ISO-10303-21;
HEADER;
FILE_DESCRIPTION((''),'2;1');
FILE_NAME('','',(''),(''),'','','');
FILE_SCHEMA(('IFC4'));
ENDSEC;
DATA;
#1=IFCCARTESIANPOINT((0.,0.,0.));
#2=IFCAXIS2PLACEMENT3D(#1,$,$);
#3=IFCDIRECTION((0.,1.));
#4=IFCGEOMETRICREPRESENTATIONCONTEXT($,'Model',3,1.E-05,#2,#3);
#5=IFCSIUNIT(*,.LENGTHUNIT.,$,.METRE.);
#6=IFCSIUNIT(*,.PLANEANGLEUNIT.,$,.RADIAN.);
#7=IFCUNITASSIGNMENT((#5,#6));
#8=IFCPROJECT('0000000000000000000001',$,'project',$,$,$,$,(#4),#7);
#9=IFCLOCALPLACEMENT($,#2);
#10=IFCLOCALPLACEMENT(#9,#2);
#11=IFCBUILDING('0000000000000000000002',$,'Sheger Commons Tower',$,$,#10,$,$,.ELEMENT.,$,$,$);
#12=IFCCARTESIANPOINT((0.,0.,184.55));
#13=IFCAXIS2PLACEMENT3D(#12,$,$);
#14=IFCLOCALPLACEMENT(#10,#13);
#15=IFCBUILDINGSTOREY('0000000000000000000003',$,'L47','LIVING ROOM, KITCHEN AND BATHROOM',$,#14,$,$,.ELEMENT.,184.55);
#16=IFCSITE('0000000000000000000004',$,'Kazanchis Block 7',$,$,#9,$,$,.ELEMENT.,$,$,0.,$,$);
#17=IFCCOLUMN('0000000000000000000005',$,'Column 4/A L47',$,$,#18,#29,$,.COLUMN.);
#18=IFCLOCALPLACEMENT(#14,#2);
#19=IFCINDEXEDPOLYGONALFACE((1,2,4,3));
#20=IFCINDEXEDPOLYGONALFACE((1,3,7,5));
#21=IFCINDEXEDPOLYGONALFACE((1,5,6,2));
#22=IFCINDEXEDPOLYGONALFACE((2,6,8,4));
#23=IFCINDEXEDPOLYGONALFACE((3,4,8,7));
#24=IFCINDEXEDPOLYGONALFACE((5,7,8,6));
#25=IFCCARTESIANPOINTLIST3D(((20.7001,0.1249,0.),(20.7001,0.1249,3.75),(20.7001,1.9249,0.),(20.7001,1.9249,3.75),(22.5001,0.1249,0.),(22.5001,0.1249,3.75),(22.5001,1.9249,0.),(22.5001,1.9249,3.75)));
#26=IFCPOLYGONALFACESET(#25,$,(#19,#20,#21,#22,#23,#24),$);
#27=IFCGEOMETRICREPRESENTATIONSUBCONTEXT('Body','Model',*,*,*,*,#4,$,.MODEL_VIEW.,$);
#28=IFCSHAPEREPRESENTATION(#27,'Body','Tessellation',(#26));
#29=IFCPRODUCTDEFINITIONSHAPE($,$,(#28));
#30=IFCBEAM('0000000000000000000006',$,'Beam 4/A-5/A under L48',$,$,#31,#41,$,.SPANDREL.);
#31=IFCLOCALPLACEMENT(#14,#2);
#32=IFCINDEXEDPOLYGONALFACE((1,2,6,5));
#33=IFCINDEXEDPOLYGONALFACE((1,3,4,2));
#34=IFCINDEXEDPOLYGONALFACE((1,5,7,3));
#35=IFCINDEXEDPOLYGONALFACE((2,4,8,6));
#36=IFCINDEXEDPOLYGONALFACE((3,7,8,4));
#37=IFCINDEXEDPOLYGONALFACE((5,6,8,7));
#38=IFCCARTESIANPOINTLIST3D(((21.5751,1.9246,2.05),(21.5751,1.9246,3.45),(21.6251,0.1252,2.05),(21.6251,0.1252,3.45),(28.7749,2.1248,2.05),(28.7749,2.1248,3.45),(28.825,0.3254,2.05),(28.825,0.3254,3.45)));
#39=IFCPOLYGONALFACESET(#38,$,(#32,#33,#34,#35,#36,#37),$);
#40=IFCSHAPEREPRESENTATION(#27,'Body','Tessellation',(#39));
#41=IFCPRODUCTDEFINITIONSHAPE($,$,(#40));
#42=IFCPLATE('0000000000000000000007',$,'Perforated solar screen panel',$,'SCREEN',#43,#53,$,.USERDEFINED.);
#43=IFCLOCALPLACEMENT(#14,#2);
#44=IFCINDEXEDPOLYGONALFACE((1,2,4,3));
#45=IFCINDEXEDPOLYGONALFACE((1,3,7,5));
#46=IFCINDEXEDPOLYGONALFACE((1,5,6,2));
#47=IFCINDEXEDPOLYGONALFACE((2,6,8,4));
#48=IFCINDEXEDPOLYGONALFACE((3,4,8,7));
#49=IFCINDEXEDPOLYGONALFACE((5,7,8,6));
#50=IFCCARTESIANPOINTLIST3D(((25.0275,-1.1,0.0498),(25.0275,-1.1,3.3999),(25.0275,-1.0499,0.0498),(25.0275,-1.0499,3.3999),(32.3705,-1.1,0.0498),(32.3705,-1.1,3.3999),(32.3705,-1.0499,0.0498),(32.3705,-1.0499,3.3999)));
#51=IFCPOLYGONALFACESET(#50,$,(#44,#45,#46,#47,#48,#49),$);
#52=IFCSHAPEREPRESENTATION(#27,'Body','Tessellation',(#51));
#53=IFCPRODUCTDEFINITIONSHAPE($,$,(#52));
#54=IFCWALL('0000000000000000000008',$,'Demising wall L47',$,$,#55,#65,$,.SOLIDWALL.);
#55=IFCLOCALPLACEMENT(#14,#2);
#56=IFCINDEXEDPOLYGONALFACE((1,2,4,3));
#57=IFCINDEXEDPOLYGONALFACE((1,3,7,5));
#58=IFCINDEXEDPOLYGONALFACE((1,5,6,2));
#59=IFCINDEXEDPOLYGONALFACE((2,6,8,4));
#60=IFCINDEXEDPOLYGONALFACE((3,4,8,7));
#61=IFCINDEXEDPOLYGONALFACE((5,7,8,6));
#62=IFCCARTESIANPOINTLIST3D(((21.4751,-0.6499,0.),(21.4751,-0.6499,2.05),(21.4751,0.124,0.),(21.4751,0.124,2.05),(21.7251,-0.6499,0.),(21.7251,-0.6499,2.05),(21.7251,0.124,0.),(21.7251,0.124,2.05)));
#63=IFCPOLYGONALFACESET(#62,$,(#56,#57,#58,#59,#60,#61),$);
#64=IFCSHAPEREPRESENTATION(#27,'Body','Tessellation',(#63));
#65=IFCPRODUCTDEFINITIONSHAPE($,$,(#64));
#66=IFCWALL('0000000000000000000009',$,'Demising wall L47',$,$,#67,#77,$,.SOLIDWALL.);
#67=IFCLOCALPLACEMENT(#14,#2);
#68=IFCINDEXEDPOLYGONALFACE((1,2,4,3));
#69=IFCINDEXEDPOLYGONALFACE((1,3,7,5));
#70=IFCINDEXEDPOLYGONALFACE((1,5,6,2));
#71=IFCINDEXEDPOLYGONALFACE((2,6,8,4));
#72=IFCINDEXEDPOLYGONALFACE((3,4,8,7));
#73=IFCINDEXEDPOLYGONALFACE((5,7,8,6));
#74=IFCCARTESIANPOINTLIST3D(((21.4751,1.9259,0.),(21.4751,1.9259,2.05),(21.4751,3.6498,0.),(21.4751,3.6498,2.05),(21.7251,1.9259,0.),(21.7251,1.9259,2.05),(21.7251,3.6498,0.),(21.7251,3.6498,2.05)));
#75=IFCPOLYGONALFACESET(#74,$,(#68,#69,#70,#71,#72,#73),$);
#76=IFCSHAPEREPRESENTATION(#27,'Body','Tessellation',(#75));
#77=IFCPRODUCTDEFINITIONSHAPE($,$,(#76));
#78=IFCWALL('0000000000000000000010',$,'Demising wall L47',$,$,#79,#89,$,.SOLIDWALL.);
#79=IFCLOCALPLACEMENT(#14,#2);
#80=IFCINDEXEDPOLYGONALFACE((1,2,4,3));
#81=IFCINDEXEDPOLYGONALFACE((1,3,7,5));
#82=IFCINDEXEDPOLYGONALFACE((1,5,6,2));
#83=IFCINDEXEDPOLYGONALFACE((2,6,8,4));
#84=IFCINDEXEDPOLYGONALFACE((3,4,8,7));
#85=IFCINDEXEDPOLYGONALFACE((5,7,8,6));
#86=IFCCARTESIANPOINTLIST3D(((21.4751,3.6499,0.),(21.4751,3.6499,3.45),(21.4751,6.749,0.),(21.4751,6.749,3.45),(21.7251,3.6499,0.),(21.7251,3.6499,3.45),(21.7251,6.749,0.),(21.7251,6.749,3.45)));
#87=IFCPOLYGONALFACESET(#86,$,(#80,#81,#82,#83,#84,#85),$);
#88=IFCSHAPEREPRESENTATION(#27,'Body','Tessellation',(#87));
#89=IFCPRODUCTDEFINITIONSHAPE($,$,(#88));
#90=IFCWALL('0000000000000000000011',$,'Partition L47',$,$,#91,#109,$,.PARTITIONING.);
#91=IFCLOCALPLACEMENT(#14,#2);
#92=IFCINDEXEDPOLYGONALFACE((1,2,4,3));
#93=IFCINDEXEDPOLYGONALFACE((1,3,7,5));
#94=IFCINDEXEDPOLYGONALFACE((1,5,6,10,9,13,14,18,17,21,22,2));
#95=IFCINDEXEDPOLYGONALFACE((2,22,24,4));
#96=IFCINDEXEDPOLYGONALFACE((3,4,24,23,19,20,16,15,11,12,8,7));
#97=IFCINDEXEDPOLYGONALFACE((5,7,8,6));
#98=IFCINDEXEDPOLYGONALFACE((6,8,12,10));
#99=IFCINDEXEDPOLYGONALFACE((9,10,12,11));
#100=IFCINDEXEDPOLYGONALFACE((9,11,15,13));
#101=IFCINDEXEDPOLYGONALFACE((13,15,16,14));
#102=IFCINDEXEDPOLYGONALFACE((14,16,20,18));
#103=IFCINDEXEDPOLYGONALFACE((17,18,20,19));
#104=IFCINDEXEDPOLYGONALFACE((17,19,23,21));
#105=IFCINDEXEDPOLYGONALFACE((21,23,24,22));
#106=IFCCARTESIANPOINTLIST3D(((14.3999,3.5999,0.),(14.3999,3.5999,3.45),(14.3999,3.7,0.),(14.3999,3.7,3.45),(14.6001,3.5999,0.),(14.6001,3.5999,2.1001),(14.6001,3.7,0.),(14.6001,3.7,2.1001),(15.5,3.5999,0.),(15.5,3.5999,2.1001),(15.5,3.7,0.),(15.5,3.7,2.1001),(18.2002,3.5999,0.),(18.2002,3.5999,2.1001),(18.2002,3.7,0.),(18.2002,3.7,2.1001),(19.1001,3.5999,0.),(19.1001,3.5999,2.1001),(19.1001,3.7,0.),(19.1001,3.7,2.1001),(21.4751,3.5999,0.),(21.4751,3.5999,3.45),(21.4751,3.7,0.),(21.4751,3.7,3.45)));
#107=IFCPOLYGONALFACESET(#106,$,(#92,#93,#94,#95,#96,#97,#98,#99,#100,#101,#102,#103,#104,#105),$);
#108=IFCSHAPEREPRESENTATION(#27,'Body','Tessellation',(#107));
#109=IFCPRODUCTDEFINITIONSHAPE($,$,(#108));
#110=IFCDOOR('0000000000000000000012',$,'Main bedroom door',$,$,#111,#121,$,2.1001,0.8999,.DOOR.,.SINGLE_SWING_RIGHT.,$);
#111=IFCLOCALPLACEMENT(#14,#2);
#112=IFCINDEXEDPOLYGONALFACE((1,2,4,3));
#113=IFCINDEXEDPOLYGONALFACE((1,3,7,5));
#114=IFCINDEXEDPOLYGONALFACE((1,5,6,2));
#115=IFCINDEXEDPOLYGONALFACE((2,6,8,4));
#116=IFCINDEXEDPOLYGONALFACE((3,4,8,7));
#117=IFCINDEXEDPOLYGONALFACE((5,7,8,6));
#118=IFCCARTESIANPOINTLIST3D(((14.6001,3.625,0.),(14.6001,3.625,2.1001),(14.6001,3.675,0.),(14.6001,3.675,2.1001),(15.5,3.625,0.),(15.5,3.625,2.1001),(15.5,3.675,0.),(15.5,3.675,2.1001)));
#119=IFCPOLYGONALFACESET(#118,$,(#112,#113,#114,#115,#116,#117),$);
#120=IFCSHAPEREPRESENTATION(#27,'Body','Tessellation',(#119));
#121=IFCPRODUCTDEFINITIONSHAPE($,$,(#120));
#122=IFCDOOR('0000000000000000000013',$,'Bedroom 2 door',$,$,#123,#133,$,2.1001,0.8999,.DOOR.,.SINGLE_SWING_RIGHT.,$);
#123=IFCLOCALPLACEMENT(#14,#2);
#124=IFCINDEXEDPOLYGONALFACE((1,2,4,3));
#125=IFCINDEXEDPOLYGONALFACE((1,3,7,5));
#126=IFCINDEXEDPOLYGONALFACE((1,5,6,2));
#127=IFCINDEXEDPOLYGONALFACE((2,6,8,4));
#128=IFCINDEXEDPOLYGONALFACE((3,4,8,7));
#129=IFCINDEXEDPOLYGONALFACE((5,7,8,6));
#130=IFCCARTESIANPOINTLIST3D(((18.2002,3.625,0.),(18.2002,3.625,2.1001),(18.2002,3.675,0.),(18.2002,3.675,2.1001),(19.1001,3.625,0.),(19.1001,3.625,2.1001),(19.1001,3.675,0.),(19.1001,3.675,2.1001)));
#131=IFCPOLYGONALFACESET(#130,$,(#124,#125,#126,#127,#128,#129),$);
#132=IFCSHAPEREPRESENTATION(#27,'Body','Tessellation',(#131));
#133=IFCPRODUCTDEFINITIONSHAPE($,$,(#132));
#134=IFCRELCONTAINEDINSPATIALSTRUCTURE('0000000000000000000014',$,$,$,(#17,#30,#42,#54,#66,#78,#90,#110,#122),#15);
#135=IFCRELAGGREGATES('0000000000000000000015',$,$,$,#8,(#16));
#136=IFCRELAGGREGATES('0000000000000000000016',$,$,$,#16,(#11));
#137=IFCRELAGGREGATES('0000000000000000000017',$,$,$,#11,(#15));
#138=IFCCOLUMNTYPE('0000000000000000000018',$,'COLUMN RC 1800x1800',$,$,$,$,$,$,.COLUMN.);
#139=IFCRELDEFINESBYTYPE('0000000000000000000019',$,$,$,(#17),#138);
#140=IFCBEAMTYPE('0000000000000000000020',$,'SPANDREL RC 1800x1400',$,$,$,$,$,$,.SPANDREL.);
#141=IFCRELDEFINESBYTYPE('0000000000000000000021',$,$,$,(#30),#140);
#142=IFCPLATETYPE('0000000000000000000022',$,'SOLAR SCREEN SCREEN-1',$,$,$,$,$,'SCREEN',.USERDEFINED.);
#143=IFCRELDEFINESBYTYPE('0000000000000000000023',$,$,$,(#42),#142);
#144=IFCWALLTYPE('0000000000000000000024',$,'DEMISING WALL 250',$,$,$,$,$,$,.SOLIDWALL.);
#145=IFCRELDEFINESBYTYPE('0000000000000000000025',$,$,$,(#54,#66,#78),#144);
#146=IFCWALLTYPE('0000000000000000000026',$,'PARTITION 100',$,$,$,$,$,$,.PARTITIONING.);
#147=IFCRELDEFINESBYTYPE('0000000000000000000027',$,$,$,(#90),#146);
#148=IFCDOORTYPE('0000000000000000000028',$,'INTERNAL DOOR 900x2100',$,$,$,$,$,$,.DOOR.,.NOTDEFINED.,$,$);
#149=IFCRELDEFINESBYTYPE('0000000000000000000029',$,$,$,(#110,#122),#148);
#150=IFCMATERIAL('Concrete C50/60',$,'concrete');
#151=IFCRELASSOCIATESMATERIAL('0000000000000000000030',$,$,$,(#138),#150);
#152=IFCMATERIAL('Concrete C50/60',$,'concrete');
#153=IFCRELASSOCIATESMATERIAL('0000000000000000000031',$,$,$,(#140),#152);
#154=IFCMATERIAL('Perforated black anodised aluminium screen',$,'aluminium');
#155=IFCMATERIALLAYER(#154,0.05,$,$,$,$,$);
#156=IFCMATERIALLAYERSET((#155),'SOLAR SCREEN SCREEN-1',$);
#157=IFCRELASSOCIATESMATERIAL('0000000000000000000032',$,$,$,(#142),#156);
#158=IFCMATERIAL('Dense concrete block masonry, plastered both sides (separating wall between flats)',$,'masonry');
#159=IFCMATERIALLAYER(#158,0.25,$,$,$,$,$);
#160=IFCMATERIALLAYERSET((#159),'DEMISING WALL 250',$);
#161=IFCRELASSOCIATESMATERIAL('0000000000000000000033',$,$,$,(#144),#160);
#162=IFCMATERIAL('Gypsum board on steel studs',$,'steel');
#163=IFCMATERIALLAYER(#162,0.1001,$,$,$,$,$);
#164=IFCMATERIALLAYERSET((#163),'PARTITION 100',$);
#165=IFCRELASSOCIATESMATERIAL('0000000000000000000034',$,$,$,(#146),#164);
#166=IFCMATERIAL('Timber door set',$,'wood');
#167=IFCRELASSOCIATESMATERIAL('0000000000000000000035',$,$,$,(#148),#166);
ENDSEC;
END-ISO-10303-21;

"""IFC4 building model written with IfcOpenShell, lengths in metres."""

from ifc_helpers import new_model, si_unit, direction, frame, frame_2d, origin, origin_2d, place, context, subcontext, project, spatial, rectangle, extrude, material, layer, layer_set, material_profile, profile_set, type_object, element, fill, save


model = new_model("IFC4")

# Units and contexts
model_context = context("Model", 3, precision=1e-05, world=origin(), true_north=direction((0.0, 1.0)))
body_context = subcontext(model_context, "Body", "Model", "MODEL_VIEW")
ifc_project = project(units=[si_unit("LENGTHUNIT", "METRE"), si_unit("PLANEANGLEUNIT", "RADIAN")], contexts=[model_context])

# Site, building, storey
site_placement = place(None, origin())
site = spatial("IfcSite", under=ifc_project, at=site_placement, Name="Kazanchis Block 7", CompositionType="ELEMENT", RefElevation=0.0)
building_placement = place(site_placement, origin())
building = spatial("IfcBuilding", under=site, at=building_placement, Name="Sheger Commons Tower", CompositionType="ELEMENT")
storey_placement = place(building_placement, frame((0.0, 0.0, 184.55)))
storey = spatial("IfcBuildingStorey", under=building, at=storey_placement, Name="L47", Description="LIVING ROOM, KITCHEN AND BATHROOM", CompositionType="ELEMENT", Elevation=184.55)

# Column
ifc_material_1 = material(Name="Concrete C50/60", Category="concrete")
ifc_material_profile_1 = material_profile(ifc_material_1, rectangle(XDim=1.8, YDim=1.8, at=origin_2d()), Name="RC 1800x1800")
ifc_profile_set_1 = profile_set([ifc_material_profile_1], Name="Concrete C50/60")
column_type = type_object("IfcColumnType", Name="COLUMN RC 1800x1800", PredefinedType="COLUMN", material=ifc_profile_set_1)
column_placement = place(storey_placement, frame((21.6001, 1.0249, 0.0), z_axis=(0.0, 0.0, 1.0), x_axis=(1.0, 0.0, 0.0)))
element("IfcColumn", 1, at=column_placement, inside=storey, type_object=column_type, Name="Column 4/A L47", PredefinedType="COLUMN", context=body_context, shape_type="SweptSolid", body=[
    extrude(rectangle(XDim=1.8, YDim=1.8, at=origin_2d()), origin(), (0.0, 0.0, 1.0), 3.75),
])

# Beam
ifc_material_2 = material(Name="Concrete C50/60", Category="concrete")
ifc_material_profile_2 = material_profile(ifc_material_2, rectangle(XDim=1.8, YDim=1.3999, at=origin_2d()), Name="RC 1800x1400")
ifc_profile_set_2 = profile_set([ifc_material_profile_2], Name="Concrete C50/60")
beam_type = type_object("IfcBeamType", Name="SPANDREL RC 1800x1400", PredefinedType="SPANDREL", material=ifc_profile_set_2)
beam_placement = place(storey_placement, frame((21.6001, 1.0249, 2.75), z_axis=(0.999614, 0.027794, 0.0), x_axis=(-0.027794, 0.999614, 0.0)))
element("IfcBeam", 2, at=beam_placement, inside=storey, type_object=beam_type, Name="Beam 4/A-5/A under L48", PredefinedType="SPANDREL", context=body_context, shape_type="SweptSolid", body=[
    extrude(rectangle(XDim=1.8, YDim=1.3999, at=origin_2d()), origin(), (0.0, 0.0, 1.0), 7.2026),
])

# Plate
ifc_material_3 = material(Name="Perforated black anodised aluminium screen", Category="aluminium")
ifc_layer_1 = layer(ifc_material_3, 0.05)
ifc_layer_set_1 = layer_set([ifc_layer_1], Name="SOLAR SCREEN SCREEN-1")
plate_type = type_object("IfcPlateType", Name="SOLAR SCREEN SCREEN-1", ElementType="SCREEN", PredefinedType="USERDEFINED", material=ifc_layer_set_1)
plate_placement = place(storey_placement, frame((28.699, -1.075, 0.0498), z_axis=(0.0, 0.0, 1.0), x_axis=(1.0, 0.0, 0.0)))
element("IfcPlate", 3, at=plate_placement, inside=storey, type_object=plate_type, Name="Perforated solar screen panel", ObjectType="SCREEN", PredefinedType="USERDEFINED", context=body_context, shape_type="SweptSolid", body=[
    extrude(rectangle(XDim=7.343, YDim=0.05, at=origin_2d()), origin(), (0.0, 0.0, 1.0), 3.3501),
])

# Walls
ifc_material_4 = material(Name="Dense concrete block masonry, plastered both sides (separating wall between flats)", Category="masonry")
ifc_layer_2 = layer(ifc_material_4, 0.25)
ifc_layer_set_2 = layer_set([ifc_layer_2], Name="DEMISING WALL 250")
wall_type_1 = type_object("IfcWallType", Name="DEMISING WALL 250", PredefinedType="SOLIDWALL", material=ifc_layer_set_2)
wall_1_placement = place(storey_placement, frame((21.6001, -0.6499, 0.0), z_axis=(0.0, 0.0, 1.0), x_axis=(0.0, 1.0, 0.0)))
element("IfcWall", 4, at=wall_1_placement, inside=storey, type_object=wall_type_1, Name="Demising wall L47", PredefinedType="SOLIDWALL", context=body_context, shape_type="SweptSolid", body=[
    extrude(rectangle(XDim=0.7739, YDim=0.25, at=frame_2d((0.387, 0.0))), origin(), (0.0, 0.0, 1.0), 2.05),
])
wall_2_placement = place(storey_placement, frame((21.6001, 1.926, 0.0), z_axis=(0.0, 0.0, 1.0), x_axis=(0.0, 1.0, 0.0)))
element("IfcWall", 5, at=wall_2_placement, inside=storey, type_object=wall_type_1, Name="Demising wall L47", PredefinedType="SOLIDWALL", context=body_context, shape_type="SweptSolid", body=[
    extrude(rectangle(XDim=1.7239, YDim=0.25, at=frame_2d((0.8618, 0.0))), origin(), (0.0, 0.0, 1.0), 2.05),
])
wall_3_placement = place(storey_placement, frame((21.6001, 3.6499, 0.0), z_axis=(0.0, 0.0, 1.0), x_axis=(0.0, 1.0, 0.0)))
element("IfcWall", 6, at=wall_3_placement, inside=storey, type_object=wall_type_1, Name="Demising wall L47", PredefinedType="SOLIDWALL", context=body_context, shape_type="SweptSolid", body=[
    extrude(rectangle(XDim=3.0991, YDim=0.25, at=frame_2d((1.5496, 0.0))), origin(), (0.0, 0.0, 1.0), 3.45),
])

# Wall, openings, doors
ifc_material_5 = material(Name="Gypsum board on steel studs", Category="steel")
ifc_layer_3 = layer(ifc_material_5, 0.1001)
ifc_layer_set_3 = layer_set([ifc_layer_3], Name="PARTITION 100")
wall_type_2 = type_object("IfcWallType", Name="PARTITION 100", PredefinedType="PARTITIONING", material=ifc_layer_set_3)
wall_4_placement = place(storey_placement, frame((21.4751, 3.6499, 0.0), z_axis=(0.0, 0.0, 1.0), x_axis=(-1.0, 0.0, 0.0)))
wall_4 = element("IfcWall", 7, at=wall_4_placement, inside=storey, type_object=wall_type_2, Name="Partition L47", PredefinedType="PARTITIONING", context=body_context, shape_type="SweptSolid", body=[
    extrude(rectangle(XDim=7.0752, YDim=0.1001, at=frame_2d((3.5376, 0.0))), origin(), (0.0, 0.0, 1.0), 3.45),
])
opening_1_placement = place(wall_4_placement, frame((5.9751, 0.0, 0.0)))
opening_1 = element("IfcOpeningElement", 8, at=opening_1_placement, cuts=wall_4, PredefinedType="OPENING", context=body_context, shape_type="SweptSolid", body=[
    extrude(rectangle(XDim=0.8999, YDim=2.1001, at=frame_2d((0.45, 1.05))), frame((0.0, 0.0601, 0.0), z_axis=(0.0, -1.0, 0.0), x_axis=(1.0, 0.0, 0.0)), (0.0, 0.0, 1.0), 0.1201),
])
opening_2_placement = place(wall_4_placement, frame((2.375, 0.0, 0.0)))
opening_2 = element("IfcOpeningElement", 9, at=opening_2_placement, cuts=wall_4, PredefinedType="OPENING", context=body_context, shape_type="SweptSolid", body=[
    extrude(rectangle(XDim=0.8999, YDim=2.1001, at=frame_2d((0.45, 1.05))), frame((0.0, 0.0601, 0.0), z_axis=(0.0, -1.0, 0.0), x_axis=(1.0, 0.0, 0.0)), (0.0, 0.0, 1.0), 0.1201),
])
ifc_material_6 = material(Name="Timber door set", Category="wood")
door_type = type_object("IfcDoorType", Name="INTERNAL DOOR 900x2100", OperationType="NOTDEFINED", PredefinedType="DOOR", material=ifc_material_6)
door_1_placement = place(opening_1_placement, origin())
door_1 = element("IfcDoor", 10, at=door_1_placement, inside=storey, type_object=door_type, Name="Main bedroom door", OperationType="SINGLE_SWING_RIGHT", OverallHeight=2.1001, OverallWidth=0.8999, PredefinedType="DOOR", context=body_context, shape_type="SweptSolid", body=[
    extrude(rectangle(XDim=0.8999, YDim=2.1001, at=frame_2d((0.45, 1.05))), frame((0.0, 0.0249, 0.0), z_axis=(0.0, -1.0, 0.0), x_axis=(1.0, 0.0, 0.0)), (0.0, 0.0, 1.0), 0.05),
])
fill(opening_1, door_1)
door_2_placement = place(opening_2_placement, origin())
door_2 = element("IfcDoor", 11, at=door_2_placement, inside=storey, type_object=door_type, Name="Bedroom 2 door", OperationType="SINGLE_SWING_RIGHT", OverallHeight=2.1001, OverallWidth=0.8999, PredefinedType="DOOR", context=body_context, shape_type="SweptSolid", body=[
    extrude(rectangle(XDim=0.8999, YDim=2.1001, at=frame_2d((0.45, 1.05))), frame((0.0, 0.0249, 0.0), z_axis=(0.0, -1.0, 0.0), x_axis=(1.0, 0.0, 0.0)), (0.0, 0.0, 1.0), 0.05),
])
fill(opening_2, door_2)

save(model, "model.ifc")
